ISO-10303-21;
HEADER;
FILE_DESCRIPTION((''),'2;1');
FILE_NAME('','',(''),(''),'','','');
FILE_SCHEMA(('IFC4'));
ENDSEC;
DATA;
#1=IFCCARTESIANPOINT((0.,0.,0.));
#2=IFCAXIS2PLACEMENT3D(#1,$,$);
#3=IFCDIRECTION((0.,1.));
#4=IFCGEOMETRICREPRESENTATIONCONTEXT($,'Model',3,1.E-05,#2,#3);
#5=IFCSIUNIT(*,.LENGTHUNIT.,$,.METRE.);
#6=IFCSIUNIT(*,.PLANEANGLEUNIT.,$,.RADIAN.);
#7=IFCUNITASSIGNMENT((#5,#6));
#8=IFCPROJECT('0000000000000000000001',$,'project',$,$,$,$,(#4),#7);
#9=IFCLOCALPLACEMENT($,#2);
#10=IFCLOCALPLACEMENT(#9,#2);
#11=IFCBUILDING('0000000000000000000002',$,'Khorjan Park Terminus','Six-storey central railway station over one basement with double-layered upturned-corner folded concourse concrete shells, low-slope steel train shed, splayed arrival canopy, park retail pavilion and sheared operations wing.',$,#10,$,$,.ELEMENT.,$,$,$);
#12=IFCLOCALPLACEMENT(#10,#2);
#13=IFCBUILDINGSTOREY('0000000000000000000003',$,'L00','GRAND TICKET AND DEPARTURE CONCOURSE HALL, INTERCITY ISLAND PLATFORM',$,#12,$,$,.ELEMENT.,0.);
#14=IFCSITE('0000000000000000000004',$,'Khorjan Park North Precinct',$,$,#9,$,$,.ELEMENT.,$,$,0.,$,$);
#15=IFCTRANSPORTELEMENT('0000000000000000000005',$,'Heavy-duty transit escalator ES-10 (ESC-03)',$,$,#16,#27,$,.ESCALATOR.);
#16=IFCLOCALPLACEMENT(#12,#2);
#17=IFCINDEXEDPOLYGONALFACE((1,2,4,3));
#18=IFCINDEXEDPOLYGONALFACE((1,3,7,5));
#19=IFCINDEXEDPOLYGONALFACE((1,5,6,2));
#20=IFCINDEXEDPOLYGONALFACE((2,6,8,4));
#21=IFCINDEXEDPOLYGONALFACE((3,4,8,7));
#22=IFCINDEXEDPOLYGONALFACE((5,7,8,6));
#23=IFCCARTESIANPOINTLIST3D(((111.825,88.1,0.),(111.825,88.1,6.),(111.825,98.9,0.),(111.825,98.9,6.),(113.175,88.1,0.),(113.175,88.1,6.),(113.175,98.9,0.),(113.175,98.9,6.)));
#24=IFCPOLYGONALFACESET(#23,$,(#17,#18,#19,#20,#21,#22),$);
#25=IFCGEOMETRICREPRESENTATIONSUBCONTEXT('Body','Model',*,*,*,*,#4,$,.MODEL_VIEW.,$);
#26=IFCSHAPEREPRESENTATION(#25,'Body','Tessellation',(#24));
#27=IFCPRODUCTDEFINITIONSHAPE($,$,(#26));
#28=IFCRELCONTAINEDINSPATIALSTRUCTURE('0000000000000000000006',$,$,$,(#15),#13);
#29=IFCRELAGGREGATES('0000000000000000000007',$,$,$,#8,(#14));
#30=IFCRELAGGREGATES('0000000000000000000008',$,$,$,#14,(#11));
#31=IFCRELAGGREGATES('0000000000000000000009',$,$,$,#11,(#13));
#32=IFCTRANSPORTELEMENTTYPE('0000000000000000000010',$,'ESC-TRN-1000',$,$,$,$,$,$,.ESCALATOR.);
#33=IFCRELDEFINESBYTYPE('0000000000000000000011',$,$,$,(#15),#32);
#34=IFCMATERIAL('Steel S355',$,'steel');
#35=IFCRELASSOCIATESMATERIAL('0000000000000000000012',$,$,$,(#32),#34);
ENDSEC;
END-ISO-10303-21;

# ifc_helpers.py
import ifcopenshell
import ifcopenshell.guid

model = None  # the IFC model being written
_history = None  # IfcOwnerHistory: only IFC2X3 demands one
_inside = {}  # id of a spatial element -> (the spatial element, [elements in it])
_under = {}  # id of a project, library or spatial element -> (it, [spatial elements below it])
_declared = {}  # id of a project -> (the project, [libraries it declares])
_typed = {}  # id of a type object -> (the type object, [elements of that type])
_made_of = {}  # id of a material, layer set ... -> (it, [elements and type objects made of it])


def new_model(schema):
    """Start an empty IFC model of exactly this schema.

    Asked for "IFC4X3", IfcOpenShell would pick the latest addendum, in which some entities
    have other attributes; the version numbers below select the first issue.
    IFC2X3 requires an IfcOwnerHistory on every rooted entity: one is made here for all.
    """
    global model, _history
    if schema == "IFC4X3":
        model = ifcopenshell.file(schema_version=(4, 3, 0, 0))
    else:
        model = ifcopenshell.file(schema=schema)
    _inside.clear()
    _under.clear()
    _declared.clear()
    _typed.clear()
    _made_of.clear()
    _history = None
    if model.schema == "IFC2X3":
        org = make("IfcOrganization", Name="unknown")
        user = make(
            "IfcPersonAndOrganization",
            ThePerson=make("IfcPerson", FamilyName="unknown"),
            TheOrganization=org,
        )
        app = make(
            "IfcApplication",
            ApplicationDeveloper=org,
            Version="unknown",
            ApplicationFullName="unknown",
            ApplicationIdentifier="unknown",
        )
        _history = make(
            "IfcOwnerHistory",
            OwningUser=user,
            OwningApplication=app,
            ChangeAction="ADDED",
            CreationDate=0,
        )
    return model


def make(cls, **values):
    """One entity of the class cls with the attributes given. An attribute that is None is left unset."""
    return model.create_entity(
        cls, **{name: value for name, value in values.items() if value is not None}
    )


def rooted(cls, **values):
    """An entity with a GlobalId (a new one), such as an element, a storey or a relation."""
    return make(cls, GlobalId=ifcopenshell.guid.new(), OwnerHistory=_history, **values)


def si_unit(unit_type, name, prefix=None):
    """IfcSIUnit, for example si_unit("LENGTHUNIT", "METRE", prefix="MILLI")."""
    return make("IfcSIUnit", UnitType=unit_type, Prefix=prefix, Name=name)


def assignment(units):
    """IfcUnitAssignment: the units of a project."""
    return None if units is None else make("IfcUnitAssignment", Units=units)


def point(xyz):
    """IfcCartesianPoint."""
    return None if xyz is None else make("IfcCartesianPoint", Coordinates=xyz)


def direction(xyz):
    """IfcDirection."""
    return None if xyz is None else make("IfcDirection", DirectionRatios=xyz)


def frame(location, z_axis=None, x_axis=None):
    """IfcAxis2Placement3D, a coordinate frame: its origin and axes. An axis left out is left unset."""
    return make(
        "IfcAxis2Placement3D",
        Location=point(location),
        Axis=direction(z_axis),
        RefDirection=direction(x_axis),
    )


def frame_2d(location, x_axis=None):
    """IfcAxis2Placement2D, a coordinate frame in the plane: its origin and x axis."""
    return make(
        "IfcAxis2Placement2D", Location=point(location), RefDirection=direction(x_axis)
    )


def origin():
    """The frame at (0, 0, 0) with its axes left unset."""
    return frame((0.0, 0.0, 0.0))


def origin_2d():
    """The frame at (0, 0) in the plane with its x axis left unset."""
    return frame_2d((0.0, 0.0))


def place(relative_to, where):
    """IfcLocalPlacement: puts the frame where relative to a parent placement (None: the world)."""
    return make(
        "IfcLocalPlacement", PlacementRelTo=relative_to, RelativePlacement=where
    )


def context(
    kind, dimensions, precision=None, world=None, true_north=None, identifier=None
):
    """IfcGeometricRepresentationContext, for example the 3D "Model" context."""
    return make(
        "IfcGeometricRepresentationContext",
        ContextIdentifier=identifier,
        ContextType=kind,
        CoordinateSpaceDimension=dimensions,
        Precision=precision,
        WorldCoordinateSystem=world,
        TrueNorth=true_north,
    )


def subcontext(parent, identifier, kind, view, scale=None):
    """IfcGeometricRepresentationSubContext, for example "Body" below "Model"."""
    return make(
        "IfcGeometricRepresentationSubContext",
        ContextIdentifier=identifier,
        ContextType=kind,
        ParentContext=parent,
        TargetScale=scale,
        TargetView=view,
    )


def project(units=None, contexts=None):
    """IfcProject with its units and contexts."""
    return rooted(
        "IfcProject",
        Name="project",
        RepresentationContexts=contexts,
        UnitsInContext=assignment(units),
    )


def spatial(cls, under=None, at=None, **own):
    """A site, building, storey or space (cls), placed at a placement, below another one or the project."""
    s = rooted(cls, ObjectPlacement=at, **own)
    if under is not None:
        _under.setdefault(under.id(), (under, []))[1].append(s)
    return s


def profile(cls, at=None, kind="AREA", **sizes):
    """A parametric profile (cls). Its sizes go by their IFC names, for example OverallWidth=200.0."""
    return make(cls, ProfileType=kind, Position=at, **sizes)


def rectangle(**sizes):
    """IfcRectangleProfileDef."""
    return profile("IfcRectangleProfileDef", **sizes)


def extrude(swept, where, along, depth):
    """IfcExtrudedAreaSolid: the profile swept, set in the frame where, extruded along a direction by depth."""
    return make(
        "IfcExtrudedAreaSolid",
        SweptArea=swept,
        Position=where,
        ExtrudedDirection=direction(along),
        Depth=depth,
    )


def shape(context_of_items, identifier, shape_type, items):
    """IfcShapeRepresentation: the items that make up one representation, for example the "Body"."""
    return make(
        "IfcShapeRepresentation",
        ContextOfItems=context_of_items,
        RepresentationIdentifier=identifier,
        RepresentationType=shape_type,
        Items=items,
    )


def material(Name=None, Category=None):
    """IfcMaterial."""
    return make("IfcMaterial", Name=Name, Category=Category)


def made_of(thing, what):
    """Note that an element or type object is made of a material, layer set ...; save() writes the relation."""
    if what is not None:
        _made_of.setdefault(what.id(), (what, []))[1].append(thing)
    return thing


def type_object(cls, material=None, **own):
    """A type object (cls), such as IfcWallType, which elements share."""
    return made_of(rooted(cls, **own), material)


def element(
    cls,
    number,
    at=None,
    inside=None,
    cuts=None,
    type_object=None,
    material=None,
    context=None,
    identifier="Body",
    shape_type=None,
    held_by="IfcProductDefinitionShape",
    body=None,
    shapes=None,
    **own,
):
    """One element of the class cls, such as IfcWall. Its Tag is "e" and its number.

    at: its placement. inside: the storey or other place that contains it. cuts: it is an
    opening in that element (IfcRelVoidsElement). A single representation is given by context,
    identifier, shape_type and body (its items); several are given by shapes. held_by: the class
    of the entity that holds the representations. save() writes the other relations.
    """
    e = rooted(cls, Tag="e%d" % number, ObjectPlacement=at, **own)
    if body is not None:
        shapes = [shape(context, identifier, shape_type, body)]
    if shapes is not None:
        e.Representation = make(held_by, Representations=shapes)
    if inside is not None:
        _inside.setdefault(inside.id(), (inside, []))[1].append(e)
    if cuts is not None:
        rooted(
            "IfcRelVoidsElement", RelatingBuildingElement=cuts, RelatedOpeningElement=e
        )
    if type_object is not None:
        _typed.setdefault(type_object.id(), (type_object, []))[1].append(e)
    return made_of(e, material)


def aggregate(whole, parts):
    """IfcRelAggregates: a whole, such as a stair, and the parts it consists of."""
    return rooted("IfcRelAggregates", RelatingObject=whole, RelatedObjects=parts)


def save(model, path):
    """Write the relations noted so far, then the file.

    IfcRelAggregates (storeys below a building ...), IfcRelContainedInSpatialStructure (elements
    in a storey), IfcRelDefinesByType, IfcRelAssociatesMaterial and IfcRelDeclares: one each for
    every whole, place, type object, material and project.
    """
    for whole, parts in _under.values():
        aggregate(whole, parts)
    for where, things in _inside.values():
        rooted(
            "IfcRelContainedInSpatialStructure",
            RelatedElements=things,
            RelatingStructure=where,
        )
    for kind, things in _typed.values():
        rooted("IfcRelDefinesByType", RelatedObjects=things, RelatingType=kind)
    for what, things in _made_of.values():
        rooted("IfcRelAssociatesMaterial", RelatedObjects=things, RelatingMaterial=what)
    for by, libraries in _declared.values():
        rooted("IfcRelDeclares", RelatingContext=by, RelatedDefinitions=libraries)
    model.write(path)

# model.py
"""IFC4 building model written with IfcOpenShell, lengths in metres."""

from ifc_helpers import new_model, si_unit, direction, frame, origin, origin_2d, place, context, subcontext, project, spatial, rectangle, extrude, material, type_object, element, save


model = new_model("IFC4")

# Units and contexts
model_context = context("Model", 3, precision=1e-05, world=origin(), true_north=direction((0.0, 1.0)))
body_context = subcontext(model_context, "Body", "Model", "MODEL_VIEW")
ifc_project = project(units=[si_unit("LENGTHUNIT", "METRE"), si_unit("PLANEANGLEUNIT", "RADIAN")], contexts=[model_context])

# Site, building, storey
site_placement = place(None, origin())
site = spatial("IfcSite", under=ifc_project, at=site_placement, Name="Khorjan Park North Precinct", CompositionType="ELEMENT", RefElevation=0.0)
building_placement = place(site_placement, origin())
building = spatial("IfcBuilding", under=site, at=building_placement, Name="Khorjan Park Terminus", Description="Six-storey central railway station over one basement with double-layered upturned-corner folded concourse concrete shells, low-slope steel train shed, splayed arrival canopy, park retail pavilion and sheared operations wing.", CompositionType="ELEMENT")
storey_placement = place(building_placement, origin())
storey = spatial("IfcBuildingStorey", under=building, at=storey_placement, Name="L00", Description="GRAND TICKET AND DEPARTURE CONCOURSE HALL, INTERCITY ISLAND PLATFORM", CompositionType="ELEMENT", Elevation=0.0)

# Transport element
ifc_material_1 = material(Name="Steel S355", Category="steel")
transport_element_type = type_object("IfcTransportElementType", Name="ESC-TRN-1000", PredefinedType="ESCALATOR", material=ifc_material_1)
transport_element_placement = place(storey_placement, frame((112.5, 93.5, 0.0), z_axis=(0.0, 0.0, 1.0), x_axis=(1.0, 0.0, 0.0)))
element("IfcTransportElement", 1, at=transport_element_placement, inside=storey, type_object=transport_element_type, Name="Heavy-duty transit escalator ES-10 (ESC-03)", PredefinedType="ESCALATOR", context=body_context, shape_type="SweptSolid", body=[
    extrude(rectangle(XDim=1.35, YDim=10.8, at=origin_2d()), origin(), (0.0, 0.0, 1.0), 6.0),
])

save(model, "model.ifc")
